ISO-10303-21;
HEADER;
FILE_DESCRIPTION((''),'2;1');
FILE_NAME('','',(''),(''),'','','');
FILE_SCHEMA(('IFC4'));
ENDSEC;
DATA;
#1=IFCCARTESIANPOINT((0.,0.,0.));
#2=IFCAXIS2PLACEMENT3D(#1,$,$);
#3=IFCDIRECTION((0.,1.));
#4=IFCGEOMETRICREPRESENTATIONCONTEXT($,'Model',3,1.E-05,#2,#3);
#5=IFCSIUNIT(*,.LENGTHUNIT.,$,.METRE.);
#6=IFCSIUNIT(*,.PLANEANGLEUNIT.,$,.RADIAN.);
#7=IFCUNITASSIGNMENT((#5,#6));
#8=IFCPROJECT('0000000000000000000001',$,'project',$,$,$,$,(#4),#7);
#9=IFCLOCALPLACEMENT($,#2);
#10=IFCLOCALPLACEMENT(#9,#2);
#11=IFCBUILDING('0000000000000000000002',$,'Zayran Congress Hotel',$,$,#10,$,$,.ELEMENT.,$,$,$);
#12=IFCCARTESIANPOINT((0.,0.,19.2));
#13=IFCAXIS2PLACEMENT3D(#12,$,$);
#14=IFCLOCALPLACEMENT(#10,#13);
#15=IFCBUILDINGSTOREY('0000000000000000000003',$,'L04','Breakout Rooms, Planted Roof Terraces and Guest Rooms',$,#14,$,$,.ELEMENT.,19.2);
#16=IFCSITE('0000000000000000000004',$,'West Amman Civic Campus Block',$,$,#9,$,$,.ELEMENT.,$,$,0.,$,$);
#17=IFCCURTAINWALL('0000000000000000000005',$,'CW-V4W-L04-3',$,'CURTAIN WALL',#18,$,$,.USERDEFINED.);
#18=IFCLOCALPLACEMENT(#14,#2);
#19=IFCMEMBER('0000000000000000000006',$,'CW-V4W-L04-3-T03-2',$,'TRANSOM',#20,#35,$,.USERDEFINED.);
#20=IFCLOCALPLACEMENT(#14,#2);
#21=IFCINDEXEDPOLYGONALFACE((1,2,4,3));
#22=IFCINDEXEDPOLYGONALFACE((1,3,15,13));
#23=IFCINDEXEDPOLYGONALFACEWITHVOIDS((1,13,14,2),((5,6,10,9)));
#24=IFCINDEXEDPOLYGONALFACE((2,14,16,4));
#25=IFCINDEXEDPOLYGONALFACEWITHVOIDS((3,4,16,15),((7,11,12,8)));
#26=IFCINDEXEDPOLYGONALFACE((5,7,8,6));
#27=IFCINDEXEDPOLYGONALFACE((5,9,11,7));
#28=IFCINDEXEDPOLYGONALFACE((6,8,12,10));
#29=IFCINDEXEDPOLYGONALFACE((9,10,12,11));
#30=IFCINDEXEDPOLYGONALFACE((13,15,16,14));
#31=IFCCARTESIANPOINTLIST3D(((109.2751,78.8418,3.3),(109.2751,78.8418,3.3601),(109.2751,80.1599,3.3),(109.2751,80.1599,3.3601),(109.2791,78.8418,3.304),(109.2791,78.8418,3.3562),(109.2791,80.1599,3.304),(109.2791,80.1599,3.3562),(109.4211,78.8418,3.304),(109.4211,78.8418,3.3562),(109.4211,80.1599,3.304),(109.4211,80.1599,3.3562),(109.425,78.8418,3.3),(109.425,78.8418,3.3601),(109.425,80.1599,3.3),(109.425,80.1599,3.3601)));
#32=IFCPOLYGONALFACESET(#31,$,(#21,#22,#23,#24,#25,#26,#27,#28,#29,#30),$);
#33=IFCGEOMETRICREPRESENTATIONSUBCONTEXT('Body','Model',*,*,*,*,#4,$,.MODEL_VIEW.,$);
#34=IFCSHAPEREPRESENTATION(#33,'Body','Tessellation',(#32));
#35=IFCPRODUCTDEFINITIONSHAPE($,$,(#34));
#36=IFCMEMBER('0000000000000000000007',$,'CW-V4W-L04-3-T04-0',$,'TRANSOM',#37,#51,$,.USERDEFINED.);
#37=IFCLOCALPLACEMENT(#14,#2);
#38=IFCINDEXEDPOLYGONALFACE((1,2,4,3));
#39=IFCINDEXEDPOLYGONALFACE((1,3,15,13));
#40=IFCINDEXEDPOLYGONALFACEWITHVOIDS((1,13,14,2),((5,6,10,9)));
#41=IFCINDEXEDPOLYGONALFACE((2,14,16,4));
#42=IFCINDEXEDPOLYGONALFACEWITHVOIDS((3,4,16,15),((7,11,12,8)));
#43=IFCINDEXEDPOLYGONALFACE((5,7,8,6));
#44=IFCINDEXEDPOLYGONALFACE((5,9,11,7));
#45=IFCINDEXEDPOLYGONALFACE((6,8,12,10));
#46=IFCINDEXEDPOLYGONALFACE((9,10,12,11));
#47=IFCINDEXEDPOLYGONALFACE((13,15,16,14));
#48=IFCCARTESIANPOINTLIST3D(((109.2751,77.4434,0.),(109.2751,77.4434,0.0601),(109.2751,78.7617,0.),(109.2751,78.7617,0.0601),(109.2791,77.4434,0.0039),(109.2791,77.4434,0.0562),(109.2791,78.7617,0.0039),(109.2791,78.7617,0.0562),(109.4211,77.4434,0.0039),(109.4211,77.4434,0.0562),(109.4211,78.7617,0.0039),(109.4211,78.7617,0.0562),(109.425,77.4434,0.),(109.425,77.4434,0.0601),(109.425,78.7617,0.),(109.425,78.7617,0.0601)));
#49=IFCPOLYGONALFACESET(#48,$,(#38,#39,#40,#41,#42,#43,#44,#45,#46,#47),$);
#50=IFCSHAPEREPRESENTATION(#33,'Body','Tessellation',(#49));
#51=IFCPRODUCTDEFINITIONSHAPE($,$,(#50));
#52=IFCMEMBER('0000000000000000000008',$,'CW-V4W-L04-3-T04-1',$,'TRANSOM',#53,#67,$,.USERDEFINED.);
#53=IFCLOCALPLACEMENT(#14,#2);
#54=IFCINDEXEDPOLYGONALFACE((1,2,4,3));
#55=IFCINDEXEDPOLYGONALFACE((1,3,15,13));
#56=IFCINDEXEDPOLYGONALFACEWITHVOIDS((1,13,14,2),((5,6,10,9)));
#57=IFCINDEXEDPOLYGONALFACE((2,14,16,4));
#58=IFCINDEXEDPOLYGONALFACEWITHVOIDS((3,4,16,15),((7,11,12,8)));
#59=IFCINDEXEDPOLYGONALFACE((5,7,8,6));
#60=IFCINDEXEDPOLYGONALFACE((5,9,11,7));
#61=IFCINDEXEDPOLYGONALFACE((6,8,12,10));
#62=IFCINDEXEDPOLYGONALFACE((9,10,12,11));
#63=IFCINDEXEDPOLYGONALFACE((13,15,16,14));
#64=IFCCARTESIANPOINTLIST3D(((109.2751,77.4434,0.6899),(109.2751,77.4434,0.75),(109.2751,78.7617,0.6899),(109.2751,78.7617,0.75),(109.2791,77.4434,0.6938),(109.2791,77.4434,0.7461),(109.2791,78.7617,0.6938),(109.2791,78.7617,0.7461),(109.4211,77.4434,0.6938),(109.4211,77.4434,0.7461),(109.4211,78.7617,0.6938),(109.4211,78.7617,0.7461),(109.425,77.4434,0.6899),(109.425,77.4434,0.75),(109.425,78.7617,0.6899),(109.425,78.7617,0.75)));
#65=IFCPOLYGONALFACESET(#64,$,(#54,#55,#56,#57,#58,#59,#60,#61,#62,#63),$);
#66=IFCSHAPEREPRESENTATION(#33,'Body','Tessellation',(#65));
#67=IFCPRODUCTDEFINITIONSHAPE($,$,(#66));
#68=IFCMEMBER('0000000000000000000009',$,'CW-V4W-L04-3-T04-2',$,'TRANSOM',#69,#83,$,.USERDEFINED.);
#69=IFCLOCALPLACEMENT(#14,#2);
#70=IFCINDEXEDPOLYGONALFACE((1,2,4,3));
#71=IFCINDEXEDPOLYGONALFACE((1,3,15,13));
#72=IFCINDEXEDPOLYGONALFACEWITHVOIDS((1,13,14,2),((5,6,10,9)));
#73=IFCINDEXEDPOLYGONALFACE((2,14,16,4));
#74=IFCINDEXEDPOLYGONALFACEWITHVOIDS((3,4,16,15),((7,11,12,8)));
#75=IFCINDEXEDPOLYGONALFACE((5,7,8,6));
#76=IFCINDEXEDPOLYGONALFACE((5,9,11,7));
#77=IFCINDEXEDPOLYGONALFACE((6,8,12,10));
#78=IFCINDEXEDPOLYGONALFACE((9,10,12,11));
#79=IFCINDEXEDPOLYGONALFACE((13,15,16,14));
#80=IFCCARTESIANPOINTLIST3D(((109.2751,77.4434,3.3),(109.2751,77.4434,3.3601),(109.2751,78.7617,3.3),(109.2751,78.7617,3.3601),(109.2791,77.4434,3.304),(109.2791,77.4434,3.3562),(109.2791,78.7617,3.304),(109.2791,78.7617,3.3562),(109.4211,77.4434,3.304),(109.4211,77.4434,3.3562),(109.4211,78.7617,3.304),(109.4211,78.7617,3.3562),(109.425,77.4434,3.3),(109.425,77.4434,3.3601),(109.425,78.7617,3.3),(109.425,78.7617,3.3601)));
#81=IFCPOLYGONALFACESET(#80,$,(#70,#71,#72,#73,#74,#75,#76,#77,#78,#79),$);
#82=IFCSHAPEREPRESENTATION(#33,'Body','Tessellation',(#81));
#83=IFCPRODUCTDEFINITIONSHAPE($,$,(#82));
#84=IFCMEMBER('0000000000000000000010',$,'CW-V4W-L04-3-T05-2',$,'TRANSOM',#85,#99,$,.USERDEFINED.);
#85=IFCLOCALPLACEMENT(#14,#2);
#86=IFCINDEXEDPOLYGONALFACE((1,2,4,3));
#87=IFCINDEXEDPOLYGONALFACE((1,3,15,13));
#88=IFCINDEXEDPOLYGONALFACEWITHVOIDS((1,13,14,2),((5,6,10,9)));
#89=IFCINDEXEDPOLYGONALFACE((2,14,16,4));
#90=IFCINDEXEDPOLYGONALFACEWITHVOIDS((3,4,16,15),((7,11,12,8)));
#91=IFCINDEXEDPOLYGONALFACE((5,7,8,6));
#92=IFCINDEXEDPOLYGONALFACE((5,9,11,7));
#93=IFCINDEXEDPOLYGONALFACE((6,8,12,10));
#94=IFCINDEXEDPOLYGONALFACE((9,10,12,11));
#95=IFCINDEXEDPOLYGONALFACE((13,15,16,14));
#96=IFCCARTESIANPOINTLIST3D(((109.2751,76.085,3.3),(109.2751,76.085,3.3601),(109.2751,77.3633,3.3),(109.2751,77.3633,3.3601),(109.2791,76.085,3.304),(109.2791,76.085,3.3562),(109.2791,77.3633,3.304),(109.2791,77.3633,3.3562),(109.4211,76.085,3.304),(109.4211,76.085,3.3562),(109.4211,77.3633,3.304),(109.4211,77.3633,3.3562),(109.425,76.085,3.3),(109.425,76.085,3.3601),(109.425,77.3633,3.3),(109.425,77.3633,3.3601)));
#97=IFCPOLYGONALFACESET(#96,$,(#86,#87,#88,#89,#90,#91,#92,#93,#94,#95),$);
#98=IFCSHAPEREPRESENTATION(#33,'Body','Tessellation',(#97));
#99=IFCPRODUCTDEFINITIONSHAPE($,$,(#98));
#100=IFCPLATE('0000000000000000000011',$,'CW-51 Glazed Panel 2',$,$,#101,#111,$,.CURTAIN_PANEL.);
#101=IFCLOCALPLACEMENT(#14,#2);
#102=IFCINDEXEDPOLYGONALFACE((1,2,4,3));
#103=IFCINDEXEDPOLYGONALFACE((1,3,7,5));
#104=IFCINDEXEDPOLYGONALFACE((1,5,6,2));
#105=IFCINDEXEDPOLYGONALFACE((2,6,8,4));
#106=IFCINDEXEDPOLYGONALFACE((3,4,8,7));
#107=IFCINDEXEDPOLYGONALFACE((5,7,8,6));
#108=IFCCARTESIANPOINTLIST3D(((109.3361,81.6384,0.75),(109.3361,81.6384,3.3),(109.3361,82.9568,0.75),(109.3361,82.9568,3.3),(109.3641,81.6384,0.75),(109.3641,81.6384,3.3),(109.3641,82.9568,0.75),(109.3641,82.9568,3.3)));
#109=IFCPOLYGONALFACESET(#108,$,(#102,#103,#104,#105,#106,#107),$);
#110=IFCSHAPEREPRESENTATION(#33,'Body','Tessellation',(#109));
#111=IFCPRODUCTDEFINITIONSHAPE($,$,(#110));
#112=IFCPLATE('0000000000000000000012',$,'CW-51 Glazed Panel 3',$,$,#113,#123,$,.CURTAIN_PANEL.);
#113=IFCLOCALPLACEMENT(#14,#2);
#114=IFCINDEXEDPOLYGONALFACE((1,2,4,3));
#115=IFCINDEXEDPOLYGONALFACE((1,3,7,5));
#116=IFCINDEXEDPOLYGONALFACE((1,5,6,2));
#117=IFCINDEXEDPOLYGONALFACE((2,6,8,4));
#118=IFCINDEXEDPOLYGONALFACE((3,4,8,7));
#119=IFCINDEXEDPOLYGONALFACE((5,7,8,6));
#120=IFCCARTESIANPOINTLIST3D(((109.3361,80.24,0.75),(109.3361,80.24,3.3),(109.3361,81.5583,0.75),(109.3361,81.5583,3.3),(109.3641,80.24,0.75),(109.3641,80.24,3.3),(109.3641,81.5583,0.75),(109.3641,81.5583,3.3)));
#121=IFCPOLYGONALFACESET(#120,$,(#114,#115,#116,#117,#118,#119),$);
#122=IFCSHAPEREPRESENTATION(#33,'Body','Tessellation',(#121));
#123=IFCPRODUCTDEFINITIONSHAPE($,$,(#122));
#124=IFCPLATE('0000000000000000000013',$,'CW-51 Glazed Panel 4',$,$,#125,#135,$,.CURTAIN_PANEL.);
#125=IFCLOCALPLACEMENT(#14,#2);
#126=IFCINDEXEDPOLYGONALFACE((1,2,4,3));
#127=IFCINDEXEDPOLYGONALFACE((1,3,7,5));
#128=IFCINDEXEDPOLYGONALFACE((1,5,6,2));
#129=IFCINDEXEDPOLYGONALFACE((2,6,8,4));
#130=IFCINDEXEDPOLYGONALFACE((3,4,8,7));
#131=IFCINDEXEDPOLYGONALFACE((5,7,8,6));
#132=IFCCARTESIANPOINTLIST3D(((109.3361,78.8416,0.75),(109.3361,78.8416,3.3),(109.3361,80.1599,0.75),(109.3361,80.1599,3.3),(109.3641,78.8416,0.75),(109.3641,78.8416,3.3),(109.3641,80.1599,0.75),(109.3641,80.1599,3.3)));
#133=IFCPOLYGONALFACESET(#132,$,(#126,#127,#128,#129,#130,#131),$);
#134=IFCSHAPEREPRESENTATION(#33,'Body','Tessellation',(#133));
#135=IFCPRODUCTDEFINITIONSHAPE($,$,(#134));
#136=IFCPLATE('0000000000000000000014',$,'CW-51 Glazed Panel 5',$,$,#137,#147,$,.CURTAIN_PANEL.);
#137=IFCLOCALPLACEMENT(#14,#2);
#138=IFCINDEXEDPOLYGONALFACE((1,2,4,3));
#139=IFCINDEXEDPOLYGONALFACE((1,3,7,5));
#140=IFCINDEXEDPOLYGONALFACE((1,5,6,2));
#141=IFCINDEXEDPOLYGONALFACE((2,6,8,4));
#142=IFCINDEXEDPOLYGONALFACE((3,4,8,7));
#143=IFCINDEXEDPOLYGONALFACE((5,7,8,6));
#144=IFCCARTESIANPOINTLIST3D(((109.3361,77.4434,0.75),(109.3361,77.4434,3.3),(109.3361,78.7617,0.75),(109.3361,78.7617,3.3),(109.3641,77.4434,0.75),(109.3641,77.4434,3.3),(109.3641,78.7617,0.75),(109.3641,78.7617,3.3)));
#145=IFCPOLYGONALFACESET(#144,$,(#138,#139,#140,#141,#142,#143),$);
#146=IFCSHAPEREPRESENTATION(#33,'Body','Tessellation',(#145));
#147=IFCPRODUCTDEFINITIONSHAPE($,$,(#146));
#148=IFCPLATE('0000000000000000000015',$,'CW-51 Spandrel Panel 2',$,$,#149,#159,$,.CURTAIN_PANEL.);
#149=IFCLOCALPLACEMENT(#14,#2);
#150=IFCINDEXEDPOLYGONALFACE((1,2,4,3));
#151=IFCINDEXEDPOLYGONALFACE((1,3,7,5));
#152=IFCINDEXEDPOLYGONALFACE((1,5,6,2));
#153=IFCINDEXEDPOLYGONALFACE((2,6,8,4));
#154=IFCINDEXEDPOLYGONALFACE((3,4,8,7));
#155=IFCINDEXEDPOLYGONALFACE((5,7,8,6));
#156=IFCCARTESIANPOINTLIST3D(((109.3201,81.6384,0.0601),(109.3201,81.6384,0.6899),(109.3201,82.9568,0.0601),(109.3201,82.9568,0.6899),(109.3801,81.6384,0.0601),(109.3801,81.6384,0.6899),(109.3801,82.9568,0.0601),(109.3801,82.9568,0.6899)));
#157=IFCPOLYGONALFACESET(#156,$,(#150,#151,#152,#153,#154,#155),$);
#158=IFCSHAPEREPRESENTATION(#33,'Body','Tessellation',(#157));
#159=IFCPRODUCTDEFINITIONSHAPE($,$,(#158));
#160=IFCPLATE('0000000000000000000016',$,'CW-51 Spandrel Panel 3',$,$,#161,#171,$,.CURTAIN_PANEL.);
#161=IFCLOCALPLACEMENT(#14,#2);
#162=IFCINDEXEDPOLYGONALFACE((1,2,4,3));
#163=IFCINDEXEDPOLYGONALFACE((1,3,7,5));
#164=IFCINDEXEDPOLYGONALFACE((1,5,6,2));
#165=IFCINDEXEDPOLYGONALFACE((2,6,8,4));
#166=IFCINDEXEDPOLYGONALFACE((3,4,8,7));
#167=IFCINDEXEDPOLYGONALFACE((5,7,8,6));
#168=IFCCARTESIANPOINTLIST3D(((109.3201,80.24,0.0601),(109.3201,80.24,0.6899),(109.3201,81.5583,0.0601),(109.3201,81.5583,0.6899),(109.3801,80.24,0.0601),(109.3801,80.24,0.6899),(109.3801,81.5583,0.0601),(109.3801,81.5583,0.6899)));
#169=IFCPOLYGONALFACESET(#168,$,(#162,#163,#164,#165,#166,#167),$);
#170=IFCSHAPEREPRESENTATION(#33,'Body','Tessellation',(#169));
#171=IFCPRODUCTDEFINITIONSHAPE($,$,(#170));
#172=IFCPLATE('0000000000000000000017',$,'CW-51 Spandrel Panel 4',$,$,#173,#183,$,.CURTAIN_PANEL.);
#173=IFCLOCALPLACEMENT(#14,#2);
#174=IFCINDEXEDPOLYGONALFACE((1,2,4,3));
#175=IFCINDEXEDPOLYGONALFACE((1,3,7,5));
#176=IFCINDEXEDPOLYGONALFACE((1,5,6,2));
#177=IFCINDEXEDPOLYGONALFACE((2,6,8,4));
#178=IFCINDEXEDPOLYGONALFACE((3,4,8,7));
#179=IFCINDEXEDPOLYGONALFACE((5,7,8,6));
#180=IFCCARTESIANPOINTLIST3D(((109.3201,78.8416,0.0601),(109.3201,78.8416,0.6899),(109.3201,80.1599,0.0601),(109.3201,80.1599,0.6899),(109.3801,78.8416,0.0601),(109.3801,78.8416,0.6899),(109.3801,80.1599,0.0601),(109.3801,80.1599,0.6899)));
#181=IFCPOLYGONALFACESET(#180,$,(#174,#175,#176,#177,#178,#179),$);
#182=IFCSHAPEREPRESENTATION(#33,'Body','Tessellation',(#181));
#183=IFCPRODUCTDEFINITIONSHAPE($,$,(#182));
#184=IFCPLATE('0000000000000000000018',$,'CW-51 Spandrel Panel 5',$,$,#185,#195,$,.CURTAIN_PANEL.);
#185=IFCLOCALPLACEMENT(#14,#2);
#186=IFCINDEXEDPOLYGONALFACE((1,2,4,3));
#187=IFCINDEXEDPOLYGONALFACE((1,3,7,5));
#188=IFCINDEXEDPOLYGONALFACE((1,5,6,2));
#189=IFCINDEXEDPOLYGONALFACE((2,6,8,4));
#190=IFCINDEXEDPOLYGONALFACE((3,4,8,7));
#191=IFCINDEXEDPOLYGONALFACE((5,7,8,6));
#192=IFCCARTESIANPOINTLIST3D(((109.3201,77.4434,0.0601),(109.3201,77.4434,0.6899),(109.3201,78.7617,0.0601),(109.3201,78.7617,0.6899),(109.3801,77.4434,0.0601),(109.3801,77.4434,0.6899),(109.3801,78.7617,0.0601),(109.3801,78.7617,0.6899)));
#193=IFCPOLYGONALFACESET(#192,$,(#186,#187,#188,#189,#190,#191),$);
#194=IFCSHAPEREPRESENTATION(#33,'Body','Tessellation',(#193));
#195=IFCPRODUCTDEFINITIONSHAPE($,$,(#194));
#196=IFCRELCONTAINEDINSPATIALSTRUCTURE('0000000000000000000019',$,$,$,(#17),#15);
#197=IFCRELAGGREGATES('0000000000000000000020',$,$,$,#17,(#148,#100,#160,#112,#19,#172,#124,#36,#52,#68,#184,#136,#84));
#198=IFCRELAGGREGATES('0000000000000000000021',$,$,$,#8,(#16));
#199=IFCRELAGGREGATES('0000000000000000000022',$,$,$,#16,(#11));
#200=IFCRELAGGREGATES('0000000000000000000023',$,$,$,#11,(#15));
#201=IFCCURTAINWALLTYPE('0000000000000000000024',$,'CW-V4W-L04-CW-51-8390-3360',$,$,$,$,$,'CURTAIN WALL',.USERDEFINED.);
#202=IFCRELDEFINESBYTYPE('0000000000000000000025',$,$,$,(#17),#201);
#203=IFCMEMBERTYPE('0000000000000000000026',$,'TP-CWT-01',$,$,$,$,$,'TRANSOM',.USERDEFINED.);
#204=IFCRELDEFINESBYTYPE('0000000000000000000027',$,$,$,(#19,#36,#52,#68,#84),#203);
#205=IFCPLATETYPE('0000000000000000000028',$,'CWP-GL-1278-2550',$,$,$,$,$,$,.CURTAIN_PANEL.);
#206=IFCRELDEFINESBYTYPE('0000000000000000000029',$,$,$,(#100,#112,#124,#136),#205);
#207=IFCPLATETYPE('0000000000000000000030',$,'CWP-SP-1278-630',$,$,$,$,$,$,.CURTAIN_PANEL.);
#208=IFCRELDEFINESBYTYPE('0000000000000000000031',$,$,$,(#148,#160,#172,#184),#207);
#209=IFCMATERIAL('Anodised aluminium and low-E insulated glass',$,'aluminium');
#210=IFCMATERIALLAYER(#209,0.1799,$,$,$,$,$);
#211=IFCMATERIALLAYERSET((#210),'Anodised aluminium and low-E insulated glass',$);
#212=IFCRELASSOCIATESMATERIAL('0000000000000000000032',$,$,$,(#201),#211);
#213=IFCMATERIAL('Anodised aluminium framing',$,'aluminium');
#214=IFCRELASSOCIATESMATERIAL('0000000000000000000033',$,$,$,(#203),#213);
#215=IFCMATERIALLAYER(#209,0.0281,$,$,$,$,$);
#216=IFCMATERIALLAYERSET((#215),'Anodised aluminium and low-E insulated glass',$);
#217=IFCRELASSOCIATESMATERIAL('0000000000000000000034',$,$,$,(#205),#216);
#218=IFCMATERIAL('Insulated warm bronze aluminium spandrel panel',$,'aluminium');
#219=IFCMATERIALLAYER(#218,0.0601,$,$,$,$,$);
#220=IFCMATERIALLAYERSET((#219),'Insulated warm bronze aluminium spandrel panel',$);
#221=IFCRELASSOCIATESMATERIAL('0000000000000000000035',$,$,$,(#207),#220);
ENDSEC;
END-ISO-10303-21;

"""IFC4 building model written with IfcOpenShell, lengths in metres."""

from ifc_helpers import new_model, si_unit, direction, frame, origin, origin_2d, place, context, subcontext, project, spatial, rectangle, hollow_rectangle, extrude, material, layer, layer_set, material_profile, profile_set, type_object, element, aggregate, save


model = new_model("IFC4")

# Units and contexts
model_context = context("Model", 3, precision=1e-05, world=origin(), true_north=direction((0.0, 1.0)))
body_context = subcontext(model_context, "Body", "Model", "MODEL_VIEW")
ifc_project = project(units=[si_unit("LENGTHUNIT", "METRE"), si_unit("PLANEANGLEUNIT", "RADIAN")], contexts=[model_context])

# Site, building, storey
site_placement = place(None, origin())
site = spatial("IfcSite", under=ifc_project, at=site_placement, Name="West Amman Civic Campus Block", CompositionType="ELEMENT", RefElevation=0.0)
building_placement = place(site_placement, origin())
building = spatial("IfcBuilding", under=site, at=building_placement, Name="Zayran Congress Hotel", CompositionType="ELEMENT")
storey_placement = place(building_placement, frame((0.0, 0.0, 19.2)))
storey = spatial("IfcBuildingStorey", under=building, at=storey_placement, Name="L04", Description="Breakout Rooms, Planted Roof Terraces and Guest Rooms", CompositionType="ELEMENT", Elevation=19.2)

# Curtain wall, members, plates
ifc_material_1 = material(Name="Anodised aluminium and low-E insulated glass", Category="aluminium")
ifc_layer_1 = layer(ifc_material_1, 0.1799)
ifc_layer_set_1 = layer_set([ifc_layer_1], Name="Anodised aluminium and low-E insulated glass")
curtain_wall_type = type_object("IfcCurtainWallType", Name="CW-V4W-L04-CW-51-8390-3360", ElementType="CURTAIN WALL", PredefinedType="USERDEFINED", material=ifc_layer_set_1)
curtain_wall_placement = place(storey_placement, origin())
curtain_wall = element("IfcCurtainWall", 1, at=curtain_wall_placement, inside=storey, type_object=curtain_wall_type, Name="CW-V4W-L04-3", ObjectType="CURTAIN WALL", PredefinedType="USERDEFINED")
ifc_material_2 = material(Name="Anodised aluminium framing", Category="aluminium")
ifc_material_profile_1 = material_profile(ifc_material_2, hollow_rectangle(XDim=0.0601, YDim=0.1499, WallThickness=0.0039, at=origin_2d()), Name="RHS 150x60x4")
ifc_profile_set_1 = profile_set([ifc_material_profile_1], Name="Anodised aluminium framing")
member_type_1 = type_object("IfcMemberType", Name="TP-CWT-01", ElementType="TRANSOM", PredefinedType="USERDEFINED", material=ifc_profile_set_1)
member_1_placement = place(storey_placement, frame((109.3501, 80.1599, 3.3301), z_axis=(0.0, -1.0, 0.0), x_axis=(0.0, 0.0, 1.0)))
member_1 = element("IfcMember", 2, at=member_1_placement, type_object=member_type_1, Name="CW-V4W-L04-3-T03-2", ObjectType="TRANSOM", PredefinedType="USERDEFINED", context=body_context, shape_type="SweptSolid", body=[
    extrude(hollow_rectangle(XDim=0.0601, YDim=0.1499, WallThickness=0.0039, at=origin_2d()), origin(), (0.0, 0.0, 1.0), 1.3181),
])
member_2_placement = place(storey_placement, frame((109.3501, 78.7617, 0.03), z_axis=(0.0, -1.0, 0.0), x_axis=(0.0, 0.0, 1.0)))
member_2 = element("IfcMember", 3, at=member_2_placement, type_object=member_type_1, Name="CW-V4W-L04-3-T04-0", ObjectType="TRANSOM", PredefinedType="USERDEFINED", context=body_context, shape_type="SweptSolid", body=[
    extrude(hollow_rectangle(XDim=0.0601, YDim=0.1499, WallThickness=0.0039, at=origin_2d()), origin(), (0.0, 0.0, 1.0), 1.3184),
])
member_3_placement = place(storey_placement, frame((109.3501, 78.7617, 0.72), z_axis=(0.0, -1.0, 0.0), x_axis=(0.0, 0.0, 1.0)))
member_3 = element("IfcMember", 4, at=member_3_placement, type_object=member_type_1, Name="CW-V4W-L04-3-T04-1", ObjectType="TRANSOM", PredefinedType="USERDEFINED", context=body_context, shape_type="SweptSolid", body=[
    extrude(hollow_rectangle(XDim=0.0601, YDim=0.1499, WallThickness=0.0039, at=origin_2d()), origin(), (0.0, 0.0, 1.0), 1.3184),
])
member_4_placement = place(storey_placement, frame((109.3501, 78.7617, 3.3301), z_axis=(0.0, -1.0, 0.0), x_axis=(0.0, 0.0, 1.0)))
member_4 = element("IfcMember", 5, at=member_4_placement, type_object=member_type_1, Name="CW-V4W-L04-3-T04-2", ObjectType="TRANSOM", PredefinedType="USERDEFINED", context=body_context, shape_type="SweptSolid", body=[
    extrude(hollow_rectangle(XDim=0.0601, YDim=0.1499, WallThickness=0.0039, at=origin_2d()), origin(), (0.0, 0.0, 1.0), 1.3184),
])
member_5_placement = place(storey_placement, frame((109.3501, 77.3633, 3.3301), z_axis=(0.0, -1.0, 0.0), x_axis=(0.0, 0.0, 1.0)))
member_5 = element("IfcMember", 6, at=member_5_placement, type_object=member_type_1, Name="CW-V4W-L04-3-T05-2", ObjectType="TRANSOM", PredefinedType="USERDEFINED", context=body_context, shape_type="SweptSolid", body=[
    extrude(hollow_rectangle(XDim=0.0601, YDim=0.1499, WallThickness=0.0039, at=origin_2d()), origin(), (0.0, 0.0, 1.0), 1.2783),
])
ifc_layer_2 = layer(ifc_material_1, 0.0281)
ifc_layer_set_2 = layer_set([ifc_layer_2], Name="Anodised aluminium and low-E insulated glass")
plate_type_1 = type_object("IfcPlateType", Name="CWP-GL-1278-2550", PredefinedType="CURTAIN_PANEL", material=ifc_layer_set_2)
plate_1_placement = place(storey_placement, frame((109.3501, 82.2976, 0.75), z_axis=(0.0, 0.0, 1.0), x_axis=(0.0, 1.0, 0.0)))
plate_1 = element("IfcPlate", 7, at=plate_1_placement, type_object=plate_type_1, Name="CW-51 Glazed Panel 2", PredefinedType="CURTAIN_PANEL", context=body_context, shape_type="SweptSolid", body=[
    extrude(rectangle(XDim=1.3184, YDim=0.0281, at=origin_2d()), origin(), (0.0, 0.0, 1.0), 2.55),
])
plate_2_placement = place(storey_placement, frame((109.3501, 80.8992, 0.75), z_axis=(0.0, 0.0, 1.0), x_axis=(0.0, 1.0, 0.0)))
plate_2 = element("IfcPlate", 8, at=plate_2_placement, type_object=plate_type_1, Name="CW-51 Glazed Panel 3", PredefinedType="CURTAIN_PANEL", context=body_context, shape_type="SweptSolid", body=[
    extrude(rectangle(XDim=1.3184, YDim=0.0281, at=origin_2d()), origin(), (0.0, 0.0, 1.0), 2.55),
])
plate_3_placement = place(storey_placement, frame((109.3501, 79.5007, 0.75), z_axis=(0.0, 0.0, 1.0), x_axis=(0.0, 1.0, 0.0)))
plate_3 = element("IfcPlate", 9, at=plate_3_placement, type_object=plate_type_1, Name="CW-51 Glazed Panel 4", PredefinedType="CURTAIN_PANEL", context=body_context, shape_type="SweptSolid", body=[
    extrude(rectangle(XDim=1.3184, YDim=0.0281, at=origin_2d()), origin(), (0.0, 0.0, 1.0), 2.55),
])
plate_4_placement = place(storey_placement, frame((109.3501, 78.1025, 0.75), z_axis=(0.0, 0.0, 1.0), x_axis=(0.0, 1.0, 0.0)))
plate_4 = element("IfcPlate", 10, at=plate_4_placement, type_object=plate_type_1, Name="CW-51 Glazed Panel 5", PredefinedType="CURTAIN_PANEL", context=body_context, shape_type="SweptSolid", body=[
    extrude(rectangle(XDim=1.3184, YDim=0.0281, at=origin_2d()), origin(), (0.0, 0.0, 1.0), 2.55),
])
ifc_material_3 = material(Name="Insulated warm bronze aluminium spandrel panel", Category="aluminium")
ifc_layer_3 = layer(ifc_material_3, 0.0601)
ifc_layer_set_3 = layer_set([ifc_layer_3], Name="Insulated warm bronze aluminium spandrel panel")
plate_type_2 = type_object("IfcPlateType", Name="CWP-SP-1278-630", PredefinedType="CURTAIN_PANEL", material=ifc_layer_set_3)
plate_5_placement = place(storey_placement, frame((109.3501, 82.2976, 0.0601), z_axis=(0.0, 0.0, 1.0), x_axis=(0.0, 1.0, 0.0)))
plate_5 = element("IfcPlate", 11, at=plate_5_placement, type_object=plate_type_2, Name="CW-51 Spandrel Panel 2", PredefinedType="CURTAIN_PANEL", context=body_context, shape_type="SweptSolid", body=[
    extrude(rectangle(XDim=1.3184, YDim=0.0601, at=origin_2d()), origin(), (0.0, 0.0, 1.0), 0.6299),
])
plate_6_placement = place(storey_placement, frame((109.3501, 80.8992, 0.0601), z_axis=(0.0, 0.0, 1.0), x_axis=(0.0, 1.0, 0.0)))
plate_6 = element("IfcPlate", 12, at=plate_6_placement, type_object=plate_type_2, Name="CW-51 Spandrel Panel 3", PredefinedType="CURTAIN_PANEL", context=body_context, shape_type="SweptSolid", body=[
    extrude(rectangle(XDim=1.3184, YDim=0.0601, at=origin_2d()), origin(), (0.0, 0.0, 1.0), 0.6299),
])
plate_7_placement = place(storey_placement, frame((109.3501, 79.5007, 0.0601), z_axis=(0.0, 0.0, 1.0), x_axis=(0.0, 1.0, 0.0)))
plate_7 = element("IfcPlate", 13, at=plate_7_placement, type_object=plate_type_2, Name="CW-51 Spandrel Panel 4", PredefinedType="CURTAIN_PANEL", context=body_context, shape_type="SweptSolid", body=[
    extrude(rectangle(XDim=1.3184, YDim=0.0601, at=origin_2d()), origin(), (0.0, 0.0, 1.0), 0.6299),
])
plate_8_placement = place(storey_placement, frame((109.3501, 78.1025, 0.0601), z_axis=(0.0, 0.0, 1.0), x_axis=(0.0, 1.0, 0.0)))
plate_8 = element("IfcPlate", 14, at=plate_8_placement, type_object=plate_type_2, Name="CW-51 Spandrel Panel 5", PredefinedType="CURTAIN_PANEL", context=body_context, shape_type="SweptSolid", body=[
    extrude(rectangle(XDim=1.3184, YDim=0.0601, at=origin_2d()), origin(), (0.0, 0.0, 1.0), 0.6299),
])
aggregate(curtain_wall, [plate_5, plate_1, plate_6, plate_2, member_1, plate_7, plate_3, member_2, member_3, member_4, plate_8, plate_4, member_5])

save(model, "model.ifc")
